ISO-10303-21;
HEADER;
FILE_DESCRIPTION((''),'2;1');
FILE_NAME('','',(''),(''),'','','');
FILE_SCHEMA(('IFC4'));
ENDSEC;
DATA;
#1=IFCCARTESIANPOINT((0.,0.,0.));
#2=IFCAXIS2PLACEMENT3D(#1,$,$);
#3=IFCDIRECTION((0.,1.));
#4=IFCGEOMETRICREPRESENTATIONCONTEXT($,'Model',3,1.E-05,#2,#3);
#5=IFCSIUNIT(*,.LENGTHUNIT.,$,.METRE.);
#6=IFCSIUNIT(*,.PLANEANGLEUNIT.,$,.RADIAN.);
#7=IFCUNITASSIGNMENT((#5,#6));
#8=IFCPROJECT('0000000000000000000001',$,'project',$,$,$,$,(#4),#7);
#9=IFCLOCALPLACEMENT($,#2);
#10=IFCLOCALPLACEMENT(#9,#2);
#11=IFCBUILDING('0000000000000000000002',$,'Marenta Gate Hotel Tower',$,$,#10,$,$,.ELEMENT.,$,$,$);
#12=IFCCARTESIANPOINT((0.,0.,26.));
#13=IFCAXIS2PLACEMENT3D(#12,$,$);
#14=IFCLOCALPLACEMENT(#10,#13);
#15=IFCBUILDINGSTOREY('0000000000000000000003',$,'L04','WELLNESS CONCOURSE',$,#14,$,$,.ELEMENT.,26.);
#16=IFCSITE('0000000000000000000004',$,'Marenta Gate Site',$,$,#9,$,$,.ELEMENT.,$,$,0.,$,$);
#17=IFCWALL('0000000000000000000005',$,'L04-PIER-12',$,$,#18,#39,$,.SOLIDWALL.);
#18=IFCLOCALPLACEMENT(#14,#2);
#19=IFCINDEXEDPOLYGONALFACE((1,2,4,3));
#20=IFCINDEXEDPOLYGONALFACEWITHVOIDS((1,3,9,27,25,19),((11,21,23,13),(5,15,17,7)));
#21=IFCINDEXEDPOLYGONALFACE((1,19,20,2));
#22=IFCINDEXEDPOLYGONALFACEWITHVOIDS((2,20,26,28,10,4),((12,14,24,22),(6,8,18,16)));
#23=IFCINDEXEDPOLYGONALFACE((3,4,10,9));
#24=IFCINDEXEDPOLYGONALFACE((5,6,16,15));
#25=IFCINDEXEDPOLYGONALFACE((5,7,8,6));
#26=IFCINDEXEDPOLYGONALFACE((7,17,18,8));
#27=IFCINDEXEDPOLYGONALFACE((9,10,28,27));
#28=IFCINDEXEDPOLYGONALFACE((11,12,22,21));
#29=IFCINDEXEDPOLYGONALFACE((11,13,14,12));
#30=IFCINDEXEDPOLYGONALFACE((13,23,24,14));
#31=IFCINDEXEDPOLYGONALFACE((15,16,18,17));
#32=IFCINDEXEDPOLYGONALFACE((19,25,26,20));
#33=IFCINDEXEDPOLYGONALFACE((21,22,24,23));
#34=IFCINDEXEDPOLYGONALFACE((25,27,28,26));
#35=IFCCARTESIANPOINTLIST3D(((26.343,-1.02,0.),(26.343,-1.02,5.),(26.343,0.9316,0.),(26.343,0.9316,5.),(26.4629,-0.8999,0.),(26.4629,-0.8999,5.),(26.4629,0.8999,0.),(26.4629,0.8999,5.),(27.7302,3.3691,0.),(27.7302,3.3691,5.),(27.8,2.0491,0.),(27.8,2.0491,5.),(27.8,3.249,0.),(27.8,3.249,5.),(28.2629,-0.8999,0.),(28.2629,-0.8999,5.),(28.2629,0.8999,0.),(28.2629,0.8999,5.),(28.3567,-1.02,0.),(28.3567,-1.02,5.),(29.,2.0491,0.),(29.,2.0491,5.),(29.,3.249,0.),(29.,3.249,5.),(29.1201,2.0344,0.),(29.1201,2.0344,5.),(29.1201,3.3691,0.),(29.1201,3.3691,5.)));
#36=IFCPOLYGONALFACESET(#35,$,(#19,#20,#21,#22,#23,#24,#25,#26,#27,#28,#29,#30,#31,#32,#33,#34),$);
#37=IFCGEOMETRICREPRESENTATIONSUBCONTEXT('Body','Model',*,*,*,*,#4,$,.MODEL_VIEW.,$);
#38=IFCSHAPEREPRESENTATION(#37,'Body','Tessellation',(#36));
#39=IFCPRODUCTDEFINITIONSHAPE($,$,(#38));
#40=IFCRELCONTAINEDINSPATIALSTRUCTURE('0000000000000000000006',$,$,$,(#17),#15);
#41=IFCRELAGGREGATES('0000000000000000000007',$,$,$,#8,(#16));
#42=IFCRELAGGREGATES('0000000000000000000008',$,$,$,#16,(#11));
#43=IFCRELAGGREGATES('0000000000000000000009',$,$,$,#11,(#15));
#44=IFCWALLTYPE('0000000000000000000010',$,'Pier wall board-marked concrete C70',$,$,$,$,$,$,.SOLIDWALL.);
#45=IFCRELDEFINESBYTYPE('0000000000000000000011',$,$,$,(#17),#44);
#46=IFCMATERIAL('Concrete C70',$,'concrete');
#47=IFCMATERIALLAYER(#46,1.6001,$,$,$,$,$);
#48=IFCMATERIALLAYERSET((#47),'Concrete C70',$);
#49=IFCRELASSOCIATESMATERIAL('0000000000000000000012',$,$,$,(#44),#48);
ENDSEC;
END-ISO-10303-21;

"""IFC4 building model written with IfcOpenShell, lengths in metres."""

from ifc_helpers import new_model, si_unit, direction, frame, origin, place, context, subcontext, project, spatial, polyline, outline, extrude, material, layer, layer_set, type_object, element, save


model = new_model("IFC4")

# Units and contexts
model_context = context("Model", 3, precision=1e-05, world=origin(), true_north=direction((0.0, 1.0)))
body_context = subcontext(model_context, "Body", "Model", "MODEL_VIEW")
ifc_project = project(units=[si_unit("LENGTHUNIT", "METRE"), si_unit("PLANEANGLEUNIT", "RADIAN")], contexts=[model_context])

# Site, building, storey
site_placement = place(None, origin())
site = spatial("IfcSite", under=ifc_project, at=site_placement, Name="Marenta Gate Site", CompositionType="ELEMENT", RefElevation=0.0)
building_placement = place(site_placement, origin())
building = spatial("IfcBuilding", under=site, at=building_placement, Name="Marenta Gate Hotel Tower", CompositionType="ELEMENT")
storey_placement = place(building_placement, frame((0.0, 0.0, 26.0)))
storey = spatial("IfcBuildingStorey", under=building, at=storey_placement, Name="L04", Description="WELLNESS CONCOURSE", CompositionType="ELEMENT", Elevation=26.0)

# Wall
ifc_material_1 = material(Name="Concrete C70", Category="concrete")
ifc_layer_1 = layer(ifc_material_1, 1.6001)
ifc_layer_set_1 = layer_set([ifc_layer_1], Name="Concrete C70")
wall_type = type_object("IfcWallType", Name="Pier wall board-marked concrete C70", PredefinedType="SOLIDWALL", material=ifc_layer_set_1)
wall_1_placement = place(storey_placement, origin())
element("IfcWall", 1, at=wall_1_placement, inside=storey, type_object=wall_type, Name="L04-PIER-12", PredefinedType="SOLIDWALL", context=body_context, shape_type="SweptSolid", body=[
    extrude(outline(polyline([(26.343, 0.9316), (27.7302, 3.3691), (29.1201, 3.3691), (29.1201, 2.0344), (28.3567, -1.02), (26.343, -1.02), (26.343, 0.9316)]), holes=[polyline([(27.8, 2.0491), (29.0, 2.0491), (29.0, 3.249), (27.8, 3.249), (27.8, 2.0491)]), polyline([(26.4629, -0.8999), (28.2629, -0.8999), (28.2629, 0.8999), (26.4629, 0.8999), (26.4629, -0.8999)])]), origin(), (0.0, 0.0, 1.0), 5.0),
])

save(model, "model.ifc")
